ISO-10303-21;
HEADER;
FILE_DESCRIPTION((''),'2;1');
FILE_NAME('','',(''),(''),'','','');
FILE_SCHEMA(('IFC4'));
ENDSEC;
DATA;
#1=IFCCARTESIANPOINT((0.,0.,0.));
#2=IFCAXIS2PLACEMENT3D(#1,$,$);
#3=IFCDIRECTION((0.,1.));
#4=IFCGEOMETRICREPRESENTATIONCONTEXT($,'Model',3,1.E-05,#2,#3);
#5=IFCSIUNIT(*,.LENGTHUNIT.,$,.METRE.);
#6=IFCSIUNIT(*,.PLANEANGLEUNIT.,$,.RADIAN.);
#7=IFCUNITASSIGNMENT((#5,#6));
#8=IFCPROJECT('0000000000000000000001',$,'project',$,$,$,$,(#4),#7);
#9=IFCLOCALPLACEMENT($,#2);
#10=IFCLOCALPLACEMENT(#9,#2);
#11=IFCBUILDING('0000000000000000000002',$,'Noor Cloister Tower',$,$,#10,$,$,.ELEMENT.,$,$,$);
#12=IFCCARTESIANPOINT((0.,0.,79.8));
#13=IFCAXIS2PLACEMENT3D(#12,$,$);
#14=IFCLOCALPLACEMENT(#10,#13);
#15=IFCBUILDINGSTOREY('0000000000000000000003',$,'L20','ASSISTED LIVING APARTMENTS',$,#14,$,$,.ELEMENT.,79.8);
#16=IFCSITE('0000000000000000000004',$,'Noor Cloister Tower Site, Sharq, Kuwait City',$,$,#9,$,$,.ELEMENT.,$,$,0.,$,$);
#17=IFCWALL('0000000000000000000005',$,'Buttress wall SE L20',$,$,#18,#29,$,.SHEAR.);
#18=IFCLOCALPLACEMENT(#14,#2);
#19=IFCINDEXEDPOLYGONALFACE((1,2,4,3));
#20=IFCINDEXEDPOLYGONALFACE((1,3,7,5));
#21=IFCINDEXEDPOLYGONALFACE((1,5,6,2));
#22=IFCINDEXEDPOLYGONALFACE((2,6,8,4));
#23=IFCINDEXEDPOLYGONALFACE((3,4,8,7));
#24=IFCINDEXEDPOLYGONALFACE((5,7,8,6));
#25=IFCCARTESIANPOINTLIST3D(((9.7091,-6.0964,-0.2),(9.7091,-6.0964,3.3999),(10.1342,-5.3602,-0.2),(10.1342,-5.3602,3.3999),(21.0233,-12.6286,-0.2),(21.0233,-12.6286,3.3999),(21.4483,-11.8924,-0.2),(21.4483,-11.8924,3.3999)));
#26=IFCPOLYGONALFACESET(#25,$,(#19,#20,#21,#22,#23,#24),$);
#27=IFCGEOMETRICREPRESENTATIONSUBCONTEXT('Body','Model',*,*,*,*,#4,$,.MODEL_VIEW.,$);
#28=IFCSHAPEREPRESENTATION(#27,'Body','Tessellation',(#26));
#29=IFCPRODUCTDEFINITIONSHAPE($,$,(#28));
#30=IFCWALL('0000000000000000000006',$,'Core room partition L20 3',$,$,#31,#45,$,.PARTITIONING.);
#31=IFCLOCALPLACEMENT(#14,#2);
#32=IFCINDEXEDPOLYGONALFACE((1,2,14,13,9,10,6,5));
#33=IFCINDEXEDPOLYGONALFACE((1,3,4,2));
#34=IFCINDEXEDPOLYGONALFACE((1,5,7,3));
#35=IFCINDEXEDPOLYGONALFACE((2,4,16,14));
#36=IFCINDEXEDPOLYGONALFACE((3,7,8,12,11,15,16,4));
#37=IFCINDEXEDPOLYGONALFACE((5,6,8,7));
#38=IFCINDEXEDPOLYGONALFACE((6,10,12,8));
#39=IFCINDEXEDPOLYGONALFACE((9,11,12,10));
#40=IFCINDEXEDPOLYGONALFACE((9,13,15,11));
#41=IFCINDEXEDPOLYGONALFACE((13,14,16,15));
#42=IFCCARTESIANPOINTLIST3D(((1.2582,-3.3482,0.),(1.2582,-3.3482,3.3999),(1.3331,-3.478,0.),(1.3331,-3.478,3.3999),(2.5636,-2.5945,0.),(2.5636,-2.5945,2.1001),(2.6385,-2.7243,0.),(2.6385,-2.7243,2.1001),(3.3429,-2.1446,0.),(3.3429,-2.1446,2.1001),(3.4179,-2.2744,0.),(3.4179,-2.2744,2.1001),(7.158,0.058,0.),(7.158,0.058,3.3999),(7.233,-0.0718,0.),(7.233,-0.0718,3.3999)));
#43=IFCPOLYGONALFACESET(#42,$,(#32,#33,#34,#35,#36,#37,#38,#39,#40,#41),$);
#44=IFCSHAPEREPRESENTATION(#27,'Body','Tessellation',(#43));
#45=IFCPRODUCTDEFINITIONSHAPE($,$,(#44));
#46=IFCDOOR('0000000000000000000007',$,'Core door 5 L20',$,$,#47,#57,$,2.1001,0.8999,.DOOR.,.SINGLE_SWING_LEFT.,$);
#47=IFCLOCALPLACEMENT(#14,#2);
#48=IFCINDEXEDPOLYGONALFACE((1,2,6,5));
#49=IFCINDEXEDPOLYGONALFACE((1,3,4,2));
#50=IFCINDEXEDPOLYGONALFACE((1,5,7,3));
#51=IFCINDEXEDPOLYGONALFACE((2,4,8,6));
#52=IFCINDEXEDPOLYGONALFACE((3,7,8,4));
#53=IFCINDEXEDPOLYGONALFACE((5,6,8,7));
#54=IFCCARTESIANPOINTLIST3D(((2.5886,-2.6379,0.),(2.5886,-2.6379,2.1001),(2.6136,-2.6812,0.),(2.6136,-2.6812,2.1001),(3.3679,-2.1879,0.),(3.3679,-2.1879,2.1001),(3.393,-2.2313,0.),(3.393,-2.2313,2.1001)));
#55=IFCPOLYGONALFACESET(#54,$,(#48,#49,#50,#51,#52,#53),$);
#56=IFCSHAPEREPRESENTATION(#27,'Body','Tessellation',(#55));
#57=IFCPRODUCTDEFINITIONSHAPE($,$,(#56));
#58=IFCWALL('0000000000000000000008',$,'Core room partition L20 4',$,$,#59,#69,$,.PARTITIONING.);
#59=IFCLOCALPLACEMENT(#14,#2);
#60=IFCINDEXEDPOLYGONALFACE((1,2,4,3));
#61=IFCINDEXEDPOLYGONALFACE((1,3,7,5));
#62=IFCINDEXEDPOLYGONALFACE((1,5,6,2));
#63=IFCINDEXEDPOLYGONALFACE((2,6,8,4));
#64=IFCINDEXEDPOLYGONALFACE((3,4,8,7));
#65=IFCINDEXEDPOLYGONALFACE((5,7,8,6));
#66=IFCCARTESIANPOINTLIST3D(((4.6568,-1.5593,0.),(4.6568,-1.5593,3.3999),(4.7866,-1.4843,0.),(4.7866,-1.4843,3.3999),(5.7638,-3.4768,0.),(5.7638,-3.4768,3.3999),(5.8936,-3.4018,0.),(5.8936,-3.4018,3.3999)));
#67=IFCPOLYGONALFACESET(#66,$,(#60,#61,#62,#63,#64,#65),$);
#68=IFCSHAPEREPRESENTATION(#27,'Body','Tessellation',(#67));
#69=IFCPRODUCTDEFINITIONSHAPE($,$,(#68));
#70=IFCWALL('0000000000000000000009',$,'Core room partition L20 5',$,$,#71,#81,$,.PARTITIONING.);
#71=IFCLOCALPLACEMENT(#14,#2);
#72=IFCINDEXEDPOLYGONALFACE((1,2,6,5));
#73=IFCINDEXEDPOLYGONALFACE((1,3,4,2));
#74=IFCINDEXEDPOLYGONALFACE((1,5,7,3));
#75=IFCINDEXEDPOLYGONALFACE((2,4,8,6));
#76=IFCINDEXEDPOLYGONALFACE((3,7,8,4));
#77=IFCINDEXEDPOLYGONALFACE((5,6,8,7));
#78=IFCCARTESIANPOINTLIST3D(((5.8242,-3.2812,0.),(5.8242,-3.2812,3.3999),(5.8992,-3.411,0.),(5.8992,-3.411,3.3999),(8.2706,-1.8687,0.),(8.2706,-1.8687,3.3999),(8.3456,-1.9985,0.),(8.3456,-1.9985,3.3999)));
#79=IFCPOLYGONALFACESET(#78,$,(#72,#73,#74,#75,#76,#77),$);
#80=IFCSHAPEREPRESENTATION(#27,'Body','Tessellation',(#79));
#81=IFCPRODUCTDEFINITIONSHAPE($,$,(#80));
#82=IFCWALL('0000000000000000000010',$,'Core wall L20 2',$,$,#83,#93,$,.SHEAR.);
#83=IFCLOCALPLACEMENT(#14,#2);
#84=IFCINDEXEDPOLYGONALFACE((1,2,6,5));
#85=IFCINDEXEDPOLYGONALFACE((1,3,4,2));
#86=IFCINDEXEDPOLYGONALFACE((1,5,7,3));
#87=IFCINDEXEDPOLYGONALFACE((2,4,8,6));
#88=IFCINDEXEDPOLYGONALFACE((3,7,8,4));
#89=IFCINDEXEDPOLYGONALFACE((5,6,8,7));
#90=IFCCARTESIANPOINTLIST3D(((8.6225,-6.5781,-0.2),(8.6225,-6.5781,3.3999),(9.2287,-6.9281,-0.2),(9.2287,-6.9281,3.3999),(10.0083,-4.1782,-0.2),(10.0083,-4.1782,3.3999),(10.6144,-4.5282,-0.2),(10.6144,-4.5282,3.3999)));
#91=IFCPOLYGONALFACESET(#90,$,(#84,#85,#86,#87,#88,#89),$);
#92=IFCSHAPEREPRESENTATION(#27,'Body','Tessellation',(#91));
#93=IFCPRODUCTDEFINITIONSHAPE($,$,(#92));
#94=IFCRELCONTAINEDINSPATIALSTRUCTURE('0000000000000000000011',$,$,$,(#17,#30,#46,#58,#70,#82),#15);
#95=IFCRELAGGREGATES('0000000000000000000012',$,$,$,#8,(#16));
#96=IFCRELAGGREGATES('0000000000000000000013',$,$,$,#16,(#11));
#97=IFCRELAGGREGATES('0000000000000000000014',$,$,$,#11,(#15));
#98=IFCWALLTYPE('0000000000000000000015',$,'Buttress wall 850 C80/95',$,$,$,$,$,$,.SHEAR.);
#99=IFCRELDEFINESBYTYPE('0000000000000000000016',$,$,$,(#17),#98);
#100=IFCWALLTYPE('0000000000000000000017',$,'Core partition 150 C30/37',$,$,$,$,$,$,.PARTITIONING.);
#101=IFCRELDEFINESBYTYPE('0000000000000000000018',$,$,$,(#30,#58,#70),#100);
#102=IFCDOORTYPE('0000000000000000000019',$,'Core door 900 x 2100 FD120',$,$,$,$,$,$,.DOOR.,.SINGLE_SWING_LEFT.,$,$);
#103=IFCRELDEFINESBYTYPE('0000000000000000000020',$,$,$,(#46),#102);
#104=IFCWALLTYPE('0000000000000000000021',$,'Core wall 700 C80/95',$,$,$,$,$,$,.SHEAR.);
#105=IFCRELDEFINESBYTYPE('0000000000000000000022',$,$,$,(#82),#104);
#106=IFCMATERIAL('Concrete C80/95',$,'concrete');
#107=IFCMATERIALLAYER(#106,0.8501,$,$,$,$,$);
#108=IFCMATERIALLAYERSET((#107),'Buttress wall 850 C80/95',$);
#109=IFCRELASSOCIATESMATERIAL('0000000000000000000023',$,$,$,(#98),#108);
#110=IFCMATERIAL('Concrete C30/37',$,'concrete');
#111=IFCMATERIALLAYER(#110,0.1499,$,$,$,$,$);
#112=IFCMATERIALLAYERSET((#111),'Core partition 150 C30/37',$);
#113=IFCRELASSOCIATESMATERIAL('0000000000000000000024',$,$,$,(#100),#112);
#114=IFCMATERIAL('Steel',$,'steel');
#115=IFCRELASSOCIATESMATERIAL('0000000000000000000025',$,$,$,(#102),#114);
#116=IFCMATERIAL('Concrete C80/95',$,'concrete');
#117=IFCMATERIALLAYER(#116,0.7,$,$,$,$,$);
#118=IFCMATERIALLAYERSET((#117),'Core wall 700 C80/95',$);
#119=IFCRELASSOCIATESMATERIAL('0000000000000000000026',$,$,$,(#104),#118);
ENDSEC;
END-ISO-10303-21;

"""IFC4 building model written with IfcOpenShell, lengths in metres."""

from ifc_helpers import new_model, si_unit, direction, frame, frame_2d, origin, place, context, subcontext, project, spatial, rectangle, extrude, material, layer, layer_set, type_object, element, fill, save


model = new_model("IFC4")

# Units and contexts
model_context = context("Model", 3, precision=1e-05, world=origin(), true_north=direction((0.0, 1.0)))
body_context = subcontext(model_context, "Body", "Model", "MODEL_VIEW")
ifc_project = project(units=[si_unit("LENGTHUNIT", "METRE"), si_unit("PLANEANGLEUNIT", "RADIAN")], contexts=[model_context])

# Site, building, storey
site_placement = place(None, origin())
site = spatial("IfcSite", under=ifc_project, at=site_placement, Name="Noor Cloister Tower Site, Sharq, Kuwait City", CompositionType="ELEMENT", RefElevation=0.0)
building_placement = place(site_placement, origin())
building = spatial("IfcBuilding", under=site, at=building_placement, Name="Noor Cloister Tower", CompositionType="ELEMENT")
storey_placement = place(building_placement, frame((0.0, 0.0, 79.8)))
storey = spatial("IfcBuildingStorey", under=building, at=storey_placement, Name="L20", Description="ASSISTED LIVING APARTMENTS", CompositionType="ELEMENT", Elevation=79.8)

# Wall
ifc_material_1 = material(Name="Concrete C80/95", Category="concrete")
ifc_layer_1 = layer(ifc_material_1, 0.8501)
ifc_layer_set_1 = layer_set([ifc_layer_1], Name="Buttress wall 850 C80/95")
wall_type_1 = type_object("IfcWallType", Name="Buttress wall 850 C80/95", PredefinedType="SHEAR", material=ifc_layer_set_1)
wall_1_placement = place(storey_placement, frame((9.9216, -5.7283, -0.2), z_axis=(0.0, 0.0, 1.0), x_axis=(0.866027, -0.499998, 0.0)))
element("IfcWall", 1, at=wall_1_placement, inside=storey, type_object=wall_type_1, Name="Buttress wall SE L20", PredefinedType="SHEAR", context=body_context, shape_type="SweptSolid", body=[
    extrude(rectangle(XDim=13.0645, YDim=0.8501, at=frame_2d((6.5322, 0.0))), origin(), (0.0, 0.0, 1.0), 3.5999),
])

# Wall, opening, door
ifc_material_2 = material(Name="Concrete C30/37", Category="concrete")
ifc_layer_2 = layer(ifc_material_2, 0.1499)
ifc_layer_set_2 = layer_set([ifc_layer_2], Name="Core partition 150 C30/37")
wall_type_2 = type_object("IfcWallType", Name="Core partition 150 C30/37", PredefinedType="PARTITIONING", material=ifc_layer_set_2)
wall_2_placement = place(storey_placement, frame((1.2957, -3.4131, 0.0), z_axis=(0.0, 0.0, 1.0), x_axis=(0.866029, 0.499993, 0.0)))
wall_2 = element("IfcWall", 2, at=wall_2_placement, inside=storey, type_object=wall_type_2, Name="Core room partition L20 3", PredefinedType="PARTITIONING", context=body_context, shape_type="SweptSolid", body=[
    extrude(rectangle(XDim=6.8125, YDim=0.1499, at=frame_2d((3.4062, 0.0))), origin(), (0.0, 0.0, 1.0), 3.3999),
])
opening_1_placement = place(wall_2_placement, frame((1.5073, 0.0, 0.0)))
opening_1 = element("IfcOpeningElement", 3, at=opening_1_placement, cuts=wall_2, PredefinedType="OPENING", context=body_context, shape_type="SweptSolid", body=[
    extrude(rectangle(XDim=0.8999, YDim=2.1001, at=frame_2d((0.45, 1.05))), frame((0.0, 0.085, 0.0), z_axis=(0.0, -1.0, 0.0), x_axis=(1.0, 0.0, 0.0)), (0.0, 0.0, 1.0), 0.1699),
])
ifc_material_3 = material(Name="Steel", Category="steel")
door_type_1 = type_object("IfcDoorType", Name="Core door 900 x 2100 FD120", OperationType="SINGLE_SWING_LEFT", PredefinedType="DOOR", material=ifc_material_3)
door_1_placement = place(opening_1_placement, origin())
door_1 = element("IfcDoor", 4, at=door_1_placement, inside=storey, type_object=door_type_1, Name="Core door 5 L20", OperationType="SINGLE_SWING_LEFT", OverallHeight=2.1001, OverallWidth=0.8999, PredefinedType="DOOR", context=body_context, shape_type="SweptSolid", body=[
    extrude(rectangle(XDim=0.8999, YDim=2.1001, at=frame_2d((0.45, 1.05))), frame((0.0, 0.0249, 0.0), z_axis=(0.0, -1.0, 0.0), x_axis=(1.0, 0.0, 0.0)), (0.0, 0.0, 1.0), 0.05),
])
fill(opening_1, door_1)

# Walls
wall_3_placement = place(storey_placement, frame((5.8286, -3.4392, 0.0), z_axis=(0.0, 0.0, 1.0), x_axis=(-0.499958, 0.86605, 0.0)))
element("IfcWall", 5, at=wall_3_placement, inside=storey, type_object=wall_type_2, Name="Core room partition L20 4", PredefinedType="PARTITIONING", context=body_context, shape_type="SweptSolid", body=[
    extrude(rectangle(XDim=2.2141, YDim=0.1499, at=frame_2d((1.1069, 0.0))), origin(), (0.0, 0.0, 1.0), 3.3999),
])
wall_4_placement = place(storey_placement, frame((5.8616, -3.3462, 0.0), z_axis=(0.0, 0.0, 1.0), x_axis=(0.866011, 0.500024, 0.0)))
element("IfcWall", 6, at=wall_4_placement, inside=storey, type_object=wall_type_2, Name="Core room partition L20 5", PredefinedType="PARTITIONING", context=body_context, shape_type="SweptSolid", body=[
    extrude(rectangle(XDim=2.825, YDim=0.1499, at=frame_2d((1.4126, 0.0))), origin(), (0.0, 0.0, 1.0), 3.3999),
])
ifc_material_4 = material(Name="Concrete C80/95", Category="concrete")
ifc_layer_3 = layer(ifc_material_4, 0.7)
ifc_layer_set_3 = layer_set([ifc_layer_3], Name="Core wall 700 C80/95")
wall_type_3 = type_object("IfcWallType", Name="Core wall 700 C80/95", PredefinedType="SHEAR", material=ifc_layer_set_3)
wall_5_placement = place(storey_placement, frame((8.9255, -6.7532, -0.2), z_axis=(0.0, 0.0, 1.0), x_axis=(0.500043, 0.866001, 0.0)))
element("IfcWall", 7, at=wall_5_placement, inside=storey, type_object=wall_type_3, Name="Core wall L20 2", PredefinedType="SHEAR", context=body_context, shape_type="SweptSolid", body=[
    extrude(rectangle(XDim=2.7712, YDim=0.7, at=frame_2d((1.3857, 0.0))), origin(), (0.0, 0.0, 1.0), 3.5999),
])

save(model, "model.ifc")
